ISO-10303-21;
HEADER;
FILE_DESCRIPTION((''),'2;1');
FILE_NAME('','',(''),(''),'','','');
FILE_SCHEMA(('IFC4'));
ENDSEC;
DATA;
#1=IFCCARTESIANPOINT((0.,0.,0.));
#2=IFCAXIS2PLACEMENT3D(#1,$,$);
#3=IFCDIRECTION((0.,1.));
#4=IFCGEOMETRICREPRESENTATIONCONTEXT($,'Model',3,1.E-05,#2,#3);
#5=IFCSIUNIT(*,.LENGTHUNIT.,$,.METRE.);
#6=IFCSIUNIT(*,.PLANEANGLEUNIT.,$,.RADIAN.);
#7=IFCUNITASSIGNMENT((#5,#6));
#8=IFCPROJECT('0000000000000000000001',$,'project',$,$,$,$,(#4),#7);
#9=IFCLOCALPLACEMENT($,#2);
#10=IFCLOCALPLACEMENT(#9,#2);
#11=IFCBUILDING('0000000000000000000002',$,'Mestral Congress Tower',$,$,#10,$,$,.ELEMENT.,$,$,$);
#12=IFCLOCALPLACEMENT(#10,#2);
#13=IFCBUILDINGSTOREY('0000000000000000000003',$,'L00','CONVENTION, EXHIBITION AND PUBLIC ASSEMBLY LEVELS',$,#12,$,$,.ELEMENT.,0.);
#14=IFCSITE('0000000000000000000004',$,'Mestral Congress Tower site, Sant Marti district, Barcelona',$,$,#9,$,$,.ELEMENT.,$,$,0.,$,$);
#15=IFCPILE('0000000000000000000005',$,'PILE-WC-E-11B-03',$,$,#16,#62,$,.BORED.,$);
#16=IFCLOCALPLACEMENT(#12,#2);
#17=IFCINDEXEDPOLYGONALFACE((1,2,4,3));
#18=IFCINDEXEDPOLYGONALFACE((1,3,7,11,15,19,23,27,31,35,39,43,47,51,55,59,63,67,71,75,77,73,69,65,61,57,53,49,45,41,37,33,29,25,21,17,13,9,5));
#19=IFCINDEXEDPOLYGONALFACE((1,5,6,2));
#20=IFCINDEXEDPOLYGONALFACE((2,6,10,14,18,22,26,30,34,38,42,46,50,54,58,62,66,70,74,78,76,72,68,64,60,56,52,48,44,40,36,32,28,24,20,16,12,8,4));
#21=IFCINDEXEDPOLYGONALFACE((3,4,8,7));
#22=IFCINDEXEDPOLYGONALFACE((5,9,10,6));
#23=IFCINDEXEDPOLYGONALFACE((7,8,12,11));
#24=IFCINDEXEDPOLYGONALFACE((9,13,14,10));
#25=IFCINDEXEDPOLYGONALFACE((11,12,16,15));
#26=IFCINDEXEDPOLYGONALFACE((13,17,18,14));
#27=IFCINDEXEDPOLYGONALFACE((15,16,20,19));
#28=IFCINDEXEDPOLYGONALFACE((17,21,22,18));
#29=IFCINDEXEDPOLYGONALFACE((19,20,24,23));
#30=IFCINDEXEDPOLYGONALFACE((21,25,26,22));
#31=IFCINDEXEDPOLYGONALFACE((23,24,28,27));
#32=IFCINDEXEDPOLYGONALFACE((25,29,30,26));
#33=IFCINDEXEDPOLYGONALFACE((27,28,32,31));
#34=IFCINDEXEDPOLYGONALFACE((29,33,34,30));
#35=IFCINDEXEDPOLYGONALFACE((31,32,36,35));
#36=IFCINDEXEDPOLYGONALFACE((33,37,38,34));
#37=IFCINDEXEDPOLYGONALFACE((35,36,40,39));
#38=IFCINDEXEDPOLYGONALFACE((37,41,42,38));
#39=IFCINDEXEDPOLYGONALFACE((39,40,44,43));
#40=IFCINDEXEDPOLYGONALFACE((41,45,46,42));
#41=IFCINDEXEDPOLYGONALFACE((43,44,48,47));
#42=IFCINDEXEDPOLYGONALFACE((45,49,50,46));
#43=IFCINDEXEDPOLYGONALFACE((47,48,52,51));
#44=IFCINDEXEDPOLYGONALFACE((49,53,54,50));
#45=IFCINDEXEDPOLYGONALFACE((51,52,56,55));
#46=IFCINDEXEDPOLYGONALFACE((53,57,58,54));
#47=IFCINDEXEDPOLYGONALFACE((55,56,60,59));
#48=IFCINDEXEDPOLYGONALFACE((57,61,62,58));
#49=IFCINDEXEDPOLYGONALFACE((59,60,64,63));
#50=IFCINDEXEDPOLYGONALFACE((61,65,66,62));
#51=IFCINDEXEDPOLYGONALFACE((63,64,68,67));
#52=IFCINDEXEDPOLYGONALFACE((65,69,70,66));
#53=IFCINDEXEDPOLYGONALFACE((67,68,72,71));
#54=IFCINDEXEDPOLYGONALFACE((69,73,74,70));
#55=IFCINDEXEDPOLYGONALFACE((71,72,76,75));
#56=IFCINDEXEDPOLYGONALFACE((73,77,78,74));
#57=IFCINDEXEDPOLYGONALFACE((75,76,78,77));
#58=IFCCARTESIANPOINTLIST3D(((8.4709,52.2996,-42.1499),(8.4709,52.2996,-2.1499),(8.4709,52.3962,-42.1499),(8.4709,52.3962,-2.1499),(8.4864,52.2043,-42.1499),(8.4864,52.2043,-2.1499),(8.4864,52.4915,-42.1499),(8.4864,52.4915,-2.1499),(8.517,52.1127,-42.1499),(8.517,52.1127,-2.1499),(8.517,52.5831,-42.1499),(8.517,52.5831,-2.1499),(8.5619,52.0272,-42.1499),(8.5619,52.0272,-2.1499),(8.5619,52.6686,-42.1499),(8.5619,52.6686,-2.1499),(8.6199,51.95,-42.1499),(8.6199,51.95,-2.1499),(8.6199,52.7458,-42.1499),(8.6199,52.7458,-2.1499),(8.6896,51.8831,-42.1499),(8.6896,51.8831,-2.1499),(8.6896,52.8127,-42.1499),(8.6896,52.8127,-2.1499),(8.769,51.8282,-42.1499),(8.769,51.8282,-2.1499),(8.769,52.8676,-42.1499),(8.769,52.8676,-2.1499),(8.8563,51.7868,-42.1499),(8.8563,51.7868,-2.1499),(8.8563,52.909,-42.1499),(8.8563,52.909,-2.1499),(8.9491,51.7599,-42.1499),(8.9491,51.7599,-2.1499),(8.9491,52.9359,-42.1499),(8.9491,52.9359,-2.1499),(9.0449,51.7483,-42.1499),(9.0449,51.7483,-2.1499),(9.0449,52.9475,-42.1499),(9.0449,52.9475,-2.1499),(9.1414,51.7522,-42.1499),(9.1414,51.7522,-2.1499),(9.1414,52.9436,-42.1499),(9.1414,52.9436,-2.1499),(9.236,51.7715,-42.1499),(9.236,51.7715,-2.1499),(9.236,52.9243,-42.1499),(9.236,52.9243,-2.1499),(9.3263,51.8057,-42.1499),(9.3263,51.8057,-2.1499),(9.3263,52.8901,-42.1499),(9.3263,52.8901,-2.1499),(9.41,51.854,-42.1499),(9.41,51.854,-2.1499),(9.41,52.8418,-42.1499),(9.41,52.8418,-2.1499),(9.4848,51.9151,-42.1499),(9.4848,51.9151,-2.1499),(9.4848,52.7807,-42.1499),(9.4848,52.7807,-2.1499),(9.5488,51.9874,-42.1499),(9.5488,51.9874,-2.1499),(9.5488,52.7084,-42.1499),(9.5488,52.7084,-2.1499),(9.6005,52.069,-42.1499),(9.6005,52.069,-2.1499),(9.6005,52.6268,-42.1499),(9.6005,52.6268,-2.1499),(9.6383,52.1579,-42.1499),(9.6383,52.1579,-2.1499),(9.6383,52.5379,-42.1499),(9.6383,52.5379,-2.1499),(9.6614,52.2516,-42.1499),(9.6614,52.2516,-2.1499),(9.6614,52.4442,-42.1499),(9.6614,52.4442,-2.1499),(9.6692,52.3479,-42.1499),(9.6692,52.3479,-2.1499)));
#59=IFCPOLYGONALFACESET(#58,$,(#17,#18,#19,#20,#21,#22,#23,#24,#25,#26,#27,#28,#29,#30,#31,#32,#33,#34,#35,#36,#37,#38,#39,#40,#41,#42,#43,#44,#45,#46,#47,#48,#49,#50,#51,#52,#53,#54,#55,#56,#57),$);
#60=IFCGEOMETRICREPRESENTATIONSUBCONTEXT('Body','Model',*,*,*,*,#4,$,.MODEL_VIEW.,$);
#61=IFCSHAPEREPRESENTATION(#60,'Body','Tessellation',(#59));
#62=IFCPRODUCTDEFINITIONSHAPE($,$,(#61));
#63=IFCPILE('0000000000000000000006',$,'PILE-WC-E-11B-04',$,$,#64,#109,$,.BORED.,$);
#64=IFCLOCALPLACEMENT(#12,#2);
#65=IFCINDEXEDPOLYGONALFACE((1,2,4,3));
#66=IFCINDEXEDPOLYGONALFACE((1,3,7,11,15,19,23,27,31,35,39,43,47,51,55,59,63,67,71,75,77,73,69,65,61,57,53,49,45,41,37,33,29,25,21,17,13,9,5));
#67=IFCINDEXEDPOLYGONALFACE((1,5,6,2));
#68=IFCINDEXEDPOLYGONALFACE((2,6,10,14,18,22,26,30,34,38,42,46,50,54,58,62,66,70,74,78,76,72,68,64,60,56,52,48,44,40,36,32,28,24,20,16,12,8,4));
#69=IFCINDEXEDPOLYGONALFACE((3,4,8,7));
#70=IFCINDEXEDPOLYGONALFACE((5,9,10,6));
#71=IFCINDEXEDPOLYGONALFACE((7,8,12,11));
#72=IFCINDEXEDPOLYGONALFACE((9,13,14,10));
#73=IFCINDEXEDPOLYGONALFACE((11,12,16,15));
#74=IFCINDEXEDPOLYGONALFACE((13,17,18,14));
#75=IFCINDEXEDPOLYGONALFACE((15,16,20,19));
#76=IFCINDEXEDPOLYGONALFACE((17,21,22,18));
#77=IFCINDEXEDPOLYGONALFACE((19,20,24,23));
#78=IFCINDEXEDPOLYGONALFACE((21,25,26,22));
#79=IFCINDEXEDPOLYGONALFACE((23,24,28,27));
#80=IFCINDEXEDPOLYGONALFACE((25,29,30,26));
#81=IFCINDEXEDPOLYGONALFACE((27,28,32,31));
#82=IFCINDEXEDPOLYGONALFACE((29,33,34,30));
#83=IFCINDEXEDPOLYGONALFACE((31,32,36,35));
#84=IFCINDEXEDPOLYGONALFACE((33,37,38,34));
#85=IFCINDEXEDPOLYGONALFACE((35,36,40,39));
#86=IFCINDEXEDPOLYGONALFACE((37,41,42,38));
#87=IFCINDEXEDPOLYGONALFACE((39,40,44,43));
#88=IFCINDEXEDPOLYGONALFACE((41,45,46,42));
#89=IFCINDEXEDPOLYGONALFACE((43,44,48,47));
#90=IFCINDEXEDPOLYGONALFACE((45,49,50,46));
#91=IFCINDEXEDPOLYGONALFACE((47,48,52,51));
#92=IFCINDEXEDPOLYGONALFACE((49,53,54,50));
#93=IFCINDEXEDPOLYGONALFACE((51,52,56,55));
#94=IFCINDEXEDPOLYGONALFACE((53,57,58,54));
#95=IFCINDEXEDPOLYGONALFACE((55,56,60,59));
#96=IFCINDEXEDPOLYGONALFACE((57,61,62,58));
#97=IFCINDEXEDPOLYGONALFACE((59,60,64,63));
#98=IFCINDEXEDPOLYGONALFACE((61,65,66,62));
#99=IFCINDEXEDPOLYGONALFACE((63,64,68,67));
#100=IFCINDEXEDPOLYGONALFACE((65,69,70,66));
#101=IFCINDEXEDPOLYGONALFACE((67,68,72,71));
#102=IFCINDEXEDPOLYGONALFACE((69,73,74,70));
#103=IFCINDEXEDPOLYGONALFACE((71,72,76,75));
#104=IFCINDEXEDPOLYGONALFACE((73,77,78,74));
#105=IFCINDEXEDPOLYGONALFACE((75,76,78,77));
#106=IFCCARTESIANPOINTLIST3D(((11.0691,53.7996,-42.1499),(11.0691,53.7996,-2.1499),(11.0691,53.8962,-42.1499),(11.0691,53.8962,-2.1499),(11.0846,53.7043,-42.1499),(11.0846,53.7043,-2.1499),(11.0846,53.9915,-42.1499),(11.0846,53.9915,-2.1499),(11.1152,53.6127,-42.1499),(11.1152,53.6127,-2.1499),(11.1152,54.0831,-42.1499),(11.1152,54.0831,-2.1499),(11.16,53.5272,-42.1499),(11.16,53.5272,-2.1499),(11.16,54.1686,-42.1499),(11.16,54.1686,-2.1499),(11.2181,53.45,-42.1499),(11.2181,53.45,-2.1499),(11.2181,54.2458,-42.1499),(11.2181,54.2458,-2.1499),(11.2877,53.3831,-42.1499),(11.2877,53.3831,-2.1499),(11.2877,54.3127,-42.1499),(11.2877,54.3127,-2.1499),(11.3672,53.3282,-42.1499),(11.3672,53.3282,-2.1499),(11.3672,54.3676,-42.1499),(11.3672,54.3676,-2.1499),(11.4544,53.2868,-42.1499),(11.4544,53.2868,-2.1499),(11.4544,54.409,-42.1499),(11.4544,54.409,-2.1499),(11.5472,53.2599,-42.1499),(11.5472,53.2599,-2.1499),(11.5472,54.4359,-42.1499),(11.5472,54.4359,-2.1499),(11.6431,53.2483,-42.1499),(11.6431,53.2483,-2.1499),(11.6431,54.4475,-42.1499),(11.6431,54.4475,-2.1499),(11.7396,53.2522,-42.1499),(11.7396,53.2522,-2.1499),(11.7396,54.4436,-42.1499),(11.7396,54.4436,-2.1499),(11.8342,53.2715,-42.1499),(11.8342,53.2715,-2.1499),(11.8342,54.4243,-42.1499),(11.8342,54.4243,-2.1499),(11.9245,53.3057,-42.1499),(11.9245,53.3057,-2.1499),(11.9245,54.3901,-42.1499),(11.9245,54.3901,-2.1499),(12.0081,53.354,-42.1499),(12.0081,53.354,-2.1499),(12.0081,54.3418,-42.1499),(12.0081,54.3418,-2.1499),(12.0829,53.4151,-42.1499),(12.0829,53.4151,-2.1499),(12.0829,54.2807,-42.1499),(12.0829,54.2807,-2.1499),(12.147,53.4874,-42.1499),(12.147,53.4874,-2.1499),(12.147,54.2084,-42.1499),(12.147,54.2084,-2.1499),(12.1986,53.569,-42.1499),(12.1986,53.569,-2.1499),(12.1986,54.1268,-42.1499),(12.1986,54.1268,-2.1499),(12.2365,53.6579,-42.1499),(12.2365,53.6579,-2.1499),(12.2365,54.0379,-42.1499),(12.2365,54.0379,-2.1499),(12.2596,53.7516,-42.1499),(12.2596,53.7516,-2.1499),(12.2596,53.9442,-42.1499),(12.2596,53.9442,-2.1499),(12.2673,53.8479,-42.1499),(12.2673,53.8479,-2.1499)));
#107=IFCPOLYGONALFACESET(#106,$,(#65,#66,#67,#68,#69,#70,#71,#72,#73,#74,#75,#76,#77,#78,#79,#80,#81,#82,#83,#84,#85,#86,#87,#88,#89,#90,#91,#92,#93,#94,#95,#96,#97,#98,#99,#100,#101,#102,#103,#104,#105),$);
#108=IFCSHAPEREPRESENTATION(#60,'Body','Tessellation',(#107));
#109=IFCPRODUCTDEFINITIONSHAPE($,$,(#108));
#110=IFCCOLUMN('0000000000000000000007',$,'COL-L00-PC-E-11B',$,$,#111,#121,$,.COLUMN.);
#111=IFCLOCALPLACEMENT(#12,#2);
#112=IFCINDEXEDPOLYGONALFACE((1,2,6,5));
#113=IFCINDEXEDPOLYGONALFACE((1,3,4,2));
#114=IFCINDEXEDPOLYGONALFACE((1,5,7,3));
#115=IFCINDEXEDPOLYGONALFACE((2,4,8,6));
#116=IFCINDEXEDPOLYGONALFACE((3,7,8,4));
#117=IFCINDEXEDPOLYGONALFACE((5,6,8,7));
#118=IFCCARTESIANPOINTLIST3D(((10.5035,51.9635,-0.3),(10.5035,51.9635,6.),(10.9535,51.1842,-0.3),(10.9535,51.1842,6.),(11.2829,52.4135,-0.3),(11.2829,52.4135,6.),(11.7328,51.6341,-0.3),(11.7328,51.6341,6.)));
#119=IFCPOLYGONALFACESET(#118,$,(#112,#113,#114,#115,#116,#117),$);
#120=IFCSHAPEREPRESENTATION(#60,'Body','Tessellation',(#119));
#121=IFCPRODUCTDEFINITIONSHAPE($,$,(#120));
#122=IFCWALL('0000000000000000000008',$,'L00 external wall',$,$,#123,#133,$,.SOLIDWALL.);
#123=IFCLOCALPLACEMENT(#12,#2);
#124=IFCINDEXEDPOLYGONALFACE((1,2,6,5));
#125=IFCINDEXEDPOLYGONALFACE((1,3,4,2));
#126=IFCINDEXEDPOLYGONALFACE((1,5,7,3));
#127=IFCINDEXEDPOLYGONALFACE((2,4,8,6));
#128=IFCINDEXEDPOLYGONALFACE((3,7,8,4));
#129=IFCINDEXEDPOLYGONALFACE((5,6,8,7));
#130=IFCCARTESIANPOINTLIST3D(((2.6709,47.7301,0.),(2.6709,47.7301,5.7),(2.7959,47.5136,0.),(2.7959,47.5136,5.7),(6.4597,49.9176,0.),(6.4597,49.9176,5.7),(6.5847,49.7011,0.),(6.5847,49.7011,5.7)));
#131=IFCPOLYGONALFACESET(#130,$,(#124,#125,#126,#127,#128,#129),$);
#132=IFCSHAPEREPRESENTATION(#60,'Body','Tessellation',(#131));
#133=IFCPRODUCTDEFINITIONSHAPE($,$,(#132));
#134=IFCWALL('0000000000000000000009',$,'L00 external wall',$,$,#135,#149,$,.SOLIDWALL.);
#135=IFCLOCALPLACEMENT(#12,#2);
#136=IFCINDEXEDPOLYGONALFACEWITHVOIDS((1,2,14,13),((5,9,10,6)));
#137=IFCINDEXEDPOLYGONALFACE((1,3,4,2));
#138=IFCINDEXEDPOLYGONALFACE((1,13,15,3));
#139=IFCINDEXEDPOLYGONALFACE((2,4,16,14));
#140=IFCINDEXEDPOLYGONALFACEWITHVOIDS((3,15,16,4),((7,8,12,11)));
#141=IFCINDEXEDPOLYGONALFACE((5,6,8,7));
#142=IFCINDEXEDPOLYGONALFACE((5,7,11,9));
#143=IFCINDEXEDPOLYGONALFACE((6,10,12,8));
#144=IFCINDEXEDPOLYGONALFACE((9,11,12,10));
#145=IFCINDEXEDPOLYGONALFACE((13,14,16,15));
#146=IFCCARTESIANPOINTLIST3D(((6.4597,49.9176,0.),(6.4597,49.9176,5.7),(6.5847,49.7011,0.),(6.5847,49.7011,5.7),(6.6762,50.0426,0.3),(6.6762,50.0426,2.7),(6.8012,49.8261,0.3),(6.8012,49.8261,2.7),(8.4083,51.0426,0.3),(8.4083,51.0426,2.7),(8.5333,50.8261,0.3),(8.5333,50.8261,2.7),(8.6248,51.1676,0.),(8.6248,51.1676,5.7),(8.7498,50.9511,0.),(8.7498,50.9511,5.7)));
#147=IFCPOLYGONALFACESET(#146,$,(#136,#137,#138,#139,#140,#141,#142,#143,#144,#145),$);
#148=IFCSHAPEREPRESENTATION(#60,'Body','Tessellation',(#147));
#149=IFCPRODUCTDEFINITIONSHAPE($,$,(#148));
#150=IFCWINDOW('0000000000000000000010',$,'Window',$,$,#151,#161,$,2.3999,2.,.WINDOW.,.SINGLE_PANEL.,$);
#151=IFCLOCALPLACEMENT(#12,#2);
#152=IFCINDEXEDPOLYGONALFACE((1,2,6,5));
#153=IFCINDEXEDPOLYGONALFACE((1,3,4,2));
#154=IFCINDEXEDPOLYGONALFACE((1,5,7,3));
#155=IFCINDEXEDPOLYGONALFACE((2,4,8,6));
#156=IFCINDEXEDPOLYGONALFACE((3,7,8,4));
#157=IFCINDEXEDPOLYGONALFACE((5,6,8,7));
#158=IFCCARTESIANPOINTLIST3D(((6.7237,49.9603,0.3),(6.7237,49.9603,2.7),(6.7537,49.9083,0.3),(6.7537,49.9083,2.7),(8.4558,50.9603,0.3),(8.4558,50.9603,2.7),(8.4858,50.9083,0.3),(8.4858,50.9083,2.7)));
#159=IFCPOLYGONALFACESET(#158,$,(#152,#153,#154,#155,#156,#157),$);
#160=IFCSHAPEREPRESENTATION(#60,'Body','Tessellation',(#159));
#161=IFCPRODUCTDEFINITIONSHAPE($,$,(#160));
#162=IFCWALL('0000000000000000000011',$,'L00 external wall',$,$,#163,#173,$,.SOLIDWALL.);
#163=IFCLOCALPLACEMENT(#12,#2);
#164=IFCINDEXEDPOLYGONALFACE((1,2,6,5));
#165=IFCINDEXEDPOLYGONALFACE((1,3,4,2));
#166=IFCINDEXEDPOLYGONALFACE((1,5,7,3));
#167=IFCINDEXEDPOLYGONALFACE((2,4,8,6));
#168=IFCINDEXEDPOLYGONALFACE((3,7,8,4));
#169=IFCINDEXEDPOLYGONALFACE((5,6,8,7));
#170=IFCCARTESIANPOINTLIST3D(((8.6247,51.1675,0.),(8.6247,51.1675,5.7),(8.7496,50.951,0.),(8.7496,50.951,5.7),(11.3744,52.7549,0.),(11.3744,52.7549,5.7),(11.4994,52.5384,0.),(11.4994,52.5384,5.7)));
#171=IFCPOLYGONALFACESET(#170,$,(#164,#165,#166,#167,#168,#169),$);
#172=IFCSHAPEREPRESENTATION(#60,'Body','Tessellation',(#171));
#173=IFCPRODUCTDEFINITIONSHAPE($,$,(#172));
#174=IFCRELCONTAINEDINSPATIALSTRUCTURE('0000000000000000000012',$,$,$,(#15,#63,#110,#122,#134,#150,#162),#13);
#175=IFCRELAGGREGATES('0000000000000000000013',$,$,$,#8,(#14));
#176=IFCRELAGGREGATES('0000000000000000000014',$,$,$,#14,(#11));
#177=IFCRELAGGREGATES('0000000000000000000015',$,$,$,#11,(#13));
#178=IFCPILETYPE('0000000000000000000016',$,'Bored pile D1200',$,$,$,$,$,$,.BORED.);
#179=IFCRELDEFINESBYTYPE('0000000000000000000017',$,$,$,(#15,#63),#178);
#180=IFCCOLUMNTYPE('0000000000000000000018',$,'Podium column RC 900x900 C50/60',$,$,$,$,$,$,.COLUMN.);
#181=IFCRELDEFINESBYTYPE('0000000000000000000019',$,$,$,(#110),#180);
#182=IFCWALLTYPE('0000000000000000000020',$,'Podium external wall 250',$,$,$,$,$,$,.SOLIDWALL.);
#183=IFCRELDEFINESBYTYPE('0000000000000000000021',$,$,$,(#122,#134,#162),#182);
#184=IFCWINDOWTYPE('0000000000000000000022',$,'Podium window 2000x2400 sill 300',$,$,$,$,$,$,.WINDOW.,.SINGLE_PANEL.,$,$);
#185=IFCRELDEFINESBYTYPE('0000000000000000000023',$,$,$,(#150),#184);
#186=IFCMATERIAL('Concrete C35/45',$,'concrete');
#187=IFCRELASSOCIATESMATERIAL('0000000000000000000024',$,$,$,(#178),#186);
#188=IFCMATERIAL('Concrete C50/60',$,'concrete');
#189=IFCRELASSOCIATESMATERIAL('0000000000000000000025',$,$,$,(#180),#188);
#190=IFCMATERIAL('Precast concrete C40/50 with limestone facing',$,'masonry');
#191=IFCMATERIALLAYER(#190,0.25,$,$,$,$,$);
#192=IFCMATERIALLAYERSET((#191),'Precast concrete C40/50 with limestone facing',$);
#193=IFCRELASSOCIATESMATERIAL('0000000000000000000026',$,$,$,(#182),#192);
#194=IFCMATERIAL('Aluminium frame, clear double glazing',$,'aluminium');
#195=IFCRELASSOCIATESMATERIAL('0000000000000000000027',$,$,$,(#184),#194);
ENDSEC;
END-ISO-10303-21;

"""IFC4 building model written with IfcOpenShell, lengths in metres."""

from ifc_helpers import new_model, si_unit, direction, frame, frame_2d, origin, origin_2d, place, context, subcontext, project, spatial, rectangle, circle, extrude, material, layer, layer_set, material_profile, profile_set, type_object, element, fill, save


model = new_model("IFC4")

# Units and contexts
model_context = context("Model", 3, precision=1e-05, world=origin(), true_north=direction((0.0, 1.0)))
body_context = subcontext(model_context, "Body", "Model", "MODEL_VIEW")
ifc_project = project(units=[si_unit("LENGTHUNIT", "METRE"), si_unit("PLANEANGLEUNIT", "RADIAN")], contexts=[model_context])

# Site, building, storey
site_placement = place(None, origin())
site = spatial("IfcSite", under=ifc_project, at=site_placement, Name="Mestral Congress Tower site, Sant Marti district, Barcelona", CompositionType="ELEMENT", RefElevation=0.0)
building_placement = place(site_placement, origin())
building = spatial("IfcBuilding", under=site, at=building_placement, Name="Mestral Congress Tower", CompositionType="ELEMENT")
storey_placement = place(building_placement, origin())
storey = spatial("IfcBuildingStorey", under=building, at=storey_placement, Name="L00", Description="CONVENTION, EXHIBITION AND PUBLIC ASSEMBLY LEVELS", CompositionType="ELEMENT", Elevation=0.0)

# Piles
ifc_material_1 = material(Name="Concrete C35/45", Category="concrete")
ifc_material_profile_1 = material_profile(ifc_material_1, circle(Radius=0.6001, at=origin_2d()), Name="D1200")
ifc_profile_set_1 = profile_set([ifc_material_profile_1], Name="Concrete C35/45")
pile_type = type_object("IfcPileType", Name="Bored pile D1200", PredefinedType="BORED", material=ifc_profile_set_1)
for number, where, z_axis, x_axis, name in (
    (1, (9.0691, 52.3479, -2.1499), (0.0, 0.0, -1.0), (1.0, 0.0, 0.0), "PILE-WC-E-11B-03"),
    (2, (11.6672, 53.8479, -2.1499), (0.0, 0.0, -1.0), (1.0, 0.0, 0.0), "PILE-WC-E-11B-04"),
):
    element("IfcPile", number, at=place(storey_placement, frame(where, z_axis=z_axis, x_axis=x_axis)), inside=storey, type_object=pile_type, Name=name, PredefinedType="BORED", context=body_context, shape_type="SweptSolid", body=[
        extrude(circle(Radius=0.6001, at=origin_2d()), origin(), (0.0, 0.0, 1.0), 40.0),
    ])

# Column
ifc_material_2 = material(Name="Concrete C50/60", Category="concrete")
ifc_material_profile_2 = material_profile(ifc_material_2, rectangle(XDim=0.8999, YDim=0.8999, at=origin_2d()), Name="RC 900x900")
ifc_profile_set_2 = profile_set([ifc_material_profile_2], Name="Concrete C50/60")
column_type = type_object("IfcColumnType", Name="Podium column RC 900x900 C50/60", PredefinedType="COLUMN", material=ifc_profile_set_2)
column_placement = place(storey_placement, frame((11.1182, 51.7988, -0.3), z_axis=(0.0, 0.0, 1.0), x_axis=(-0.5, 0.866025, 0.0)))
element("IfcColumn", 3, at=column_placement, inside=storey, type_object=column_type, Name="COL-L00-PC-E-11B", PredefinedType="COLUMN", context=body_context, shape_type="SweptSolid", body=[
    extrude(rectangle(XDim=0.8999, YDim=0.8999, at=origin_2d()), origin(), (0.0, 0.0, 1.0), 6.3),
])

# Wall
ifc_material_3 = material(Name="Precast concrete C40/50 with limestone facing", Category="masonry")
ifc_layer_1 = layer(ifc_material_3, 0.25)
ifc_layer_set_1 = layer_set([ifc_layer_1], Name="Precast concrete C40/50 with limestone facing")
wall_type_1 = type_object("IfcWallType", Name="Podium external wall 250", PredefinedType="SOLIDWALL", material=ifc_layer_set_1)
wall_1_placement = place(storey_placement, frame((2.7334, 47.6218, 0.0), z_axis=(0.0, 0.0, 1.0), x_axis=(0.866023, 0.500004, 0.0)))
element("IfcWall", 4, at=wall_1_placement, inside=storey, type_object=wall_type_1, Name="L00 external wall", PredefinedType="SOLIDWALL", context=body_context, shape_type="SweptSolid", body=[
    extrude(rectangle(XDim=4.375, YDim=0.25, at=frame_2d((2.1875, 0.0))), origin(), (0.0, 0.0, 1.0), 5.7),
])

# Wall, opening, window
wall_2_placement = place(storey_placement, frame((6.5222, 49.8093, 0.0), z_axis=(0.0, 0.0, 1.0), x_axis=(0.866023, 0.500004, 0.0)))
wall_2 = element("IfcWall", 5, at=wall_2_placement, inside=storey, type_object=wall_type_1, Name="L00 external wall", PredefinedType="SOLIDWALL", context=body_context, shape_type="SweptSolid", body=[
    extrude(rectangle(XDim=2.5, YDim=0.25, at=frame_2d((1.25, 0.0))), origin(), (0.0, 0.0, 1.0), 5.7),
])
opening_1_placement = place(wall_2_placement, frame((0.25, 0.0, 0.3)))
opening_1 = element("IfcOpeningElement", 6, at=opening_1_placement, cuts=wall_2, PredefinedType="OPENING", context=body_context, shape_type="SweptSolid", body=[
    extrude(rectangle(XDim=2.0, YDim=2.3999, at=frame_2d((1.0, 1.2))), frame((0.0, 0.135, 0.0), z_axis=(0.0, -1.0, 0.0), x_axis=(1.0, 0.0, 0.0)), (0.0, 0.0, 1.0), 0.27),
])
ifc_material_4 = material(Name="Aluminium frame, clear double glazing", Category="aluminium")
window_type = type_object("IfcWindowType", Name="Podium window 2000x2400 sill 300", PartitioningType="SINGLE_PANEL", PredefinedType="WINDOW", material=ifc_material_4)
window_placement = place(opening_1_placement, origin())
window = element("IfcWindow", 7, at=window_placement, inside=storey, type_object=window_type, Name="Window", OverallHeight=2.3999, OverallWidth=2.0, PartitioningType="SINGLE_PANEL", PredefinedType="WINDOW", context=body_context, shape_type="SweptSolid", body=[
    extrude(rectangle(XDim=2.0, YDim=2.3999, at=frame_2d((1.0, 1.2))), frame((0.0, 0.03, 0.0), z_axis=(0.0, -1.0, 0.0), x_axis=(1.0, 0.0, 0.0)), (0.0, 0.0, 1.0), 0.0601),
])
fill(opening_1, window)

# Wall
wall_3_placement = place(storey_placement, frame((8.6873, 51.0593, 0.0), z_axis=(0.0, 0.0, 1.0), x_axis=(0.866049, 0.49996, 0.0)))
element("IfcWall", 8, at=wall_3_placement, inside=storey, type_object=wall_type_1, Name="L00 external wall", PredefinedType="SOLIDWALL", context=body_context, shape_type="SweptSolid", body=[
    extrude(rectangle(XDim=3.175, YDim=0.25, at=frame_2d((1.5874, 0.0))), origin(), (0.0, 0.0, 1.0), 5.7),
])

save(model, "model.ifc")
